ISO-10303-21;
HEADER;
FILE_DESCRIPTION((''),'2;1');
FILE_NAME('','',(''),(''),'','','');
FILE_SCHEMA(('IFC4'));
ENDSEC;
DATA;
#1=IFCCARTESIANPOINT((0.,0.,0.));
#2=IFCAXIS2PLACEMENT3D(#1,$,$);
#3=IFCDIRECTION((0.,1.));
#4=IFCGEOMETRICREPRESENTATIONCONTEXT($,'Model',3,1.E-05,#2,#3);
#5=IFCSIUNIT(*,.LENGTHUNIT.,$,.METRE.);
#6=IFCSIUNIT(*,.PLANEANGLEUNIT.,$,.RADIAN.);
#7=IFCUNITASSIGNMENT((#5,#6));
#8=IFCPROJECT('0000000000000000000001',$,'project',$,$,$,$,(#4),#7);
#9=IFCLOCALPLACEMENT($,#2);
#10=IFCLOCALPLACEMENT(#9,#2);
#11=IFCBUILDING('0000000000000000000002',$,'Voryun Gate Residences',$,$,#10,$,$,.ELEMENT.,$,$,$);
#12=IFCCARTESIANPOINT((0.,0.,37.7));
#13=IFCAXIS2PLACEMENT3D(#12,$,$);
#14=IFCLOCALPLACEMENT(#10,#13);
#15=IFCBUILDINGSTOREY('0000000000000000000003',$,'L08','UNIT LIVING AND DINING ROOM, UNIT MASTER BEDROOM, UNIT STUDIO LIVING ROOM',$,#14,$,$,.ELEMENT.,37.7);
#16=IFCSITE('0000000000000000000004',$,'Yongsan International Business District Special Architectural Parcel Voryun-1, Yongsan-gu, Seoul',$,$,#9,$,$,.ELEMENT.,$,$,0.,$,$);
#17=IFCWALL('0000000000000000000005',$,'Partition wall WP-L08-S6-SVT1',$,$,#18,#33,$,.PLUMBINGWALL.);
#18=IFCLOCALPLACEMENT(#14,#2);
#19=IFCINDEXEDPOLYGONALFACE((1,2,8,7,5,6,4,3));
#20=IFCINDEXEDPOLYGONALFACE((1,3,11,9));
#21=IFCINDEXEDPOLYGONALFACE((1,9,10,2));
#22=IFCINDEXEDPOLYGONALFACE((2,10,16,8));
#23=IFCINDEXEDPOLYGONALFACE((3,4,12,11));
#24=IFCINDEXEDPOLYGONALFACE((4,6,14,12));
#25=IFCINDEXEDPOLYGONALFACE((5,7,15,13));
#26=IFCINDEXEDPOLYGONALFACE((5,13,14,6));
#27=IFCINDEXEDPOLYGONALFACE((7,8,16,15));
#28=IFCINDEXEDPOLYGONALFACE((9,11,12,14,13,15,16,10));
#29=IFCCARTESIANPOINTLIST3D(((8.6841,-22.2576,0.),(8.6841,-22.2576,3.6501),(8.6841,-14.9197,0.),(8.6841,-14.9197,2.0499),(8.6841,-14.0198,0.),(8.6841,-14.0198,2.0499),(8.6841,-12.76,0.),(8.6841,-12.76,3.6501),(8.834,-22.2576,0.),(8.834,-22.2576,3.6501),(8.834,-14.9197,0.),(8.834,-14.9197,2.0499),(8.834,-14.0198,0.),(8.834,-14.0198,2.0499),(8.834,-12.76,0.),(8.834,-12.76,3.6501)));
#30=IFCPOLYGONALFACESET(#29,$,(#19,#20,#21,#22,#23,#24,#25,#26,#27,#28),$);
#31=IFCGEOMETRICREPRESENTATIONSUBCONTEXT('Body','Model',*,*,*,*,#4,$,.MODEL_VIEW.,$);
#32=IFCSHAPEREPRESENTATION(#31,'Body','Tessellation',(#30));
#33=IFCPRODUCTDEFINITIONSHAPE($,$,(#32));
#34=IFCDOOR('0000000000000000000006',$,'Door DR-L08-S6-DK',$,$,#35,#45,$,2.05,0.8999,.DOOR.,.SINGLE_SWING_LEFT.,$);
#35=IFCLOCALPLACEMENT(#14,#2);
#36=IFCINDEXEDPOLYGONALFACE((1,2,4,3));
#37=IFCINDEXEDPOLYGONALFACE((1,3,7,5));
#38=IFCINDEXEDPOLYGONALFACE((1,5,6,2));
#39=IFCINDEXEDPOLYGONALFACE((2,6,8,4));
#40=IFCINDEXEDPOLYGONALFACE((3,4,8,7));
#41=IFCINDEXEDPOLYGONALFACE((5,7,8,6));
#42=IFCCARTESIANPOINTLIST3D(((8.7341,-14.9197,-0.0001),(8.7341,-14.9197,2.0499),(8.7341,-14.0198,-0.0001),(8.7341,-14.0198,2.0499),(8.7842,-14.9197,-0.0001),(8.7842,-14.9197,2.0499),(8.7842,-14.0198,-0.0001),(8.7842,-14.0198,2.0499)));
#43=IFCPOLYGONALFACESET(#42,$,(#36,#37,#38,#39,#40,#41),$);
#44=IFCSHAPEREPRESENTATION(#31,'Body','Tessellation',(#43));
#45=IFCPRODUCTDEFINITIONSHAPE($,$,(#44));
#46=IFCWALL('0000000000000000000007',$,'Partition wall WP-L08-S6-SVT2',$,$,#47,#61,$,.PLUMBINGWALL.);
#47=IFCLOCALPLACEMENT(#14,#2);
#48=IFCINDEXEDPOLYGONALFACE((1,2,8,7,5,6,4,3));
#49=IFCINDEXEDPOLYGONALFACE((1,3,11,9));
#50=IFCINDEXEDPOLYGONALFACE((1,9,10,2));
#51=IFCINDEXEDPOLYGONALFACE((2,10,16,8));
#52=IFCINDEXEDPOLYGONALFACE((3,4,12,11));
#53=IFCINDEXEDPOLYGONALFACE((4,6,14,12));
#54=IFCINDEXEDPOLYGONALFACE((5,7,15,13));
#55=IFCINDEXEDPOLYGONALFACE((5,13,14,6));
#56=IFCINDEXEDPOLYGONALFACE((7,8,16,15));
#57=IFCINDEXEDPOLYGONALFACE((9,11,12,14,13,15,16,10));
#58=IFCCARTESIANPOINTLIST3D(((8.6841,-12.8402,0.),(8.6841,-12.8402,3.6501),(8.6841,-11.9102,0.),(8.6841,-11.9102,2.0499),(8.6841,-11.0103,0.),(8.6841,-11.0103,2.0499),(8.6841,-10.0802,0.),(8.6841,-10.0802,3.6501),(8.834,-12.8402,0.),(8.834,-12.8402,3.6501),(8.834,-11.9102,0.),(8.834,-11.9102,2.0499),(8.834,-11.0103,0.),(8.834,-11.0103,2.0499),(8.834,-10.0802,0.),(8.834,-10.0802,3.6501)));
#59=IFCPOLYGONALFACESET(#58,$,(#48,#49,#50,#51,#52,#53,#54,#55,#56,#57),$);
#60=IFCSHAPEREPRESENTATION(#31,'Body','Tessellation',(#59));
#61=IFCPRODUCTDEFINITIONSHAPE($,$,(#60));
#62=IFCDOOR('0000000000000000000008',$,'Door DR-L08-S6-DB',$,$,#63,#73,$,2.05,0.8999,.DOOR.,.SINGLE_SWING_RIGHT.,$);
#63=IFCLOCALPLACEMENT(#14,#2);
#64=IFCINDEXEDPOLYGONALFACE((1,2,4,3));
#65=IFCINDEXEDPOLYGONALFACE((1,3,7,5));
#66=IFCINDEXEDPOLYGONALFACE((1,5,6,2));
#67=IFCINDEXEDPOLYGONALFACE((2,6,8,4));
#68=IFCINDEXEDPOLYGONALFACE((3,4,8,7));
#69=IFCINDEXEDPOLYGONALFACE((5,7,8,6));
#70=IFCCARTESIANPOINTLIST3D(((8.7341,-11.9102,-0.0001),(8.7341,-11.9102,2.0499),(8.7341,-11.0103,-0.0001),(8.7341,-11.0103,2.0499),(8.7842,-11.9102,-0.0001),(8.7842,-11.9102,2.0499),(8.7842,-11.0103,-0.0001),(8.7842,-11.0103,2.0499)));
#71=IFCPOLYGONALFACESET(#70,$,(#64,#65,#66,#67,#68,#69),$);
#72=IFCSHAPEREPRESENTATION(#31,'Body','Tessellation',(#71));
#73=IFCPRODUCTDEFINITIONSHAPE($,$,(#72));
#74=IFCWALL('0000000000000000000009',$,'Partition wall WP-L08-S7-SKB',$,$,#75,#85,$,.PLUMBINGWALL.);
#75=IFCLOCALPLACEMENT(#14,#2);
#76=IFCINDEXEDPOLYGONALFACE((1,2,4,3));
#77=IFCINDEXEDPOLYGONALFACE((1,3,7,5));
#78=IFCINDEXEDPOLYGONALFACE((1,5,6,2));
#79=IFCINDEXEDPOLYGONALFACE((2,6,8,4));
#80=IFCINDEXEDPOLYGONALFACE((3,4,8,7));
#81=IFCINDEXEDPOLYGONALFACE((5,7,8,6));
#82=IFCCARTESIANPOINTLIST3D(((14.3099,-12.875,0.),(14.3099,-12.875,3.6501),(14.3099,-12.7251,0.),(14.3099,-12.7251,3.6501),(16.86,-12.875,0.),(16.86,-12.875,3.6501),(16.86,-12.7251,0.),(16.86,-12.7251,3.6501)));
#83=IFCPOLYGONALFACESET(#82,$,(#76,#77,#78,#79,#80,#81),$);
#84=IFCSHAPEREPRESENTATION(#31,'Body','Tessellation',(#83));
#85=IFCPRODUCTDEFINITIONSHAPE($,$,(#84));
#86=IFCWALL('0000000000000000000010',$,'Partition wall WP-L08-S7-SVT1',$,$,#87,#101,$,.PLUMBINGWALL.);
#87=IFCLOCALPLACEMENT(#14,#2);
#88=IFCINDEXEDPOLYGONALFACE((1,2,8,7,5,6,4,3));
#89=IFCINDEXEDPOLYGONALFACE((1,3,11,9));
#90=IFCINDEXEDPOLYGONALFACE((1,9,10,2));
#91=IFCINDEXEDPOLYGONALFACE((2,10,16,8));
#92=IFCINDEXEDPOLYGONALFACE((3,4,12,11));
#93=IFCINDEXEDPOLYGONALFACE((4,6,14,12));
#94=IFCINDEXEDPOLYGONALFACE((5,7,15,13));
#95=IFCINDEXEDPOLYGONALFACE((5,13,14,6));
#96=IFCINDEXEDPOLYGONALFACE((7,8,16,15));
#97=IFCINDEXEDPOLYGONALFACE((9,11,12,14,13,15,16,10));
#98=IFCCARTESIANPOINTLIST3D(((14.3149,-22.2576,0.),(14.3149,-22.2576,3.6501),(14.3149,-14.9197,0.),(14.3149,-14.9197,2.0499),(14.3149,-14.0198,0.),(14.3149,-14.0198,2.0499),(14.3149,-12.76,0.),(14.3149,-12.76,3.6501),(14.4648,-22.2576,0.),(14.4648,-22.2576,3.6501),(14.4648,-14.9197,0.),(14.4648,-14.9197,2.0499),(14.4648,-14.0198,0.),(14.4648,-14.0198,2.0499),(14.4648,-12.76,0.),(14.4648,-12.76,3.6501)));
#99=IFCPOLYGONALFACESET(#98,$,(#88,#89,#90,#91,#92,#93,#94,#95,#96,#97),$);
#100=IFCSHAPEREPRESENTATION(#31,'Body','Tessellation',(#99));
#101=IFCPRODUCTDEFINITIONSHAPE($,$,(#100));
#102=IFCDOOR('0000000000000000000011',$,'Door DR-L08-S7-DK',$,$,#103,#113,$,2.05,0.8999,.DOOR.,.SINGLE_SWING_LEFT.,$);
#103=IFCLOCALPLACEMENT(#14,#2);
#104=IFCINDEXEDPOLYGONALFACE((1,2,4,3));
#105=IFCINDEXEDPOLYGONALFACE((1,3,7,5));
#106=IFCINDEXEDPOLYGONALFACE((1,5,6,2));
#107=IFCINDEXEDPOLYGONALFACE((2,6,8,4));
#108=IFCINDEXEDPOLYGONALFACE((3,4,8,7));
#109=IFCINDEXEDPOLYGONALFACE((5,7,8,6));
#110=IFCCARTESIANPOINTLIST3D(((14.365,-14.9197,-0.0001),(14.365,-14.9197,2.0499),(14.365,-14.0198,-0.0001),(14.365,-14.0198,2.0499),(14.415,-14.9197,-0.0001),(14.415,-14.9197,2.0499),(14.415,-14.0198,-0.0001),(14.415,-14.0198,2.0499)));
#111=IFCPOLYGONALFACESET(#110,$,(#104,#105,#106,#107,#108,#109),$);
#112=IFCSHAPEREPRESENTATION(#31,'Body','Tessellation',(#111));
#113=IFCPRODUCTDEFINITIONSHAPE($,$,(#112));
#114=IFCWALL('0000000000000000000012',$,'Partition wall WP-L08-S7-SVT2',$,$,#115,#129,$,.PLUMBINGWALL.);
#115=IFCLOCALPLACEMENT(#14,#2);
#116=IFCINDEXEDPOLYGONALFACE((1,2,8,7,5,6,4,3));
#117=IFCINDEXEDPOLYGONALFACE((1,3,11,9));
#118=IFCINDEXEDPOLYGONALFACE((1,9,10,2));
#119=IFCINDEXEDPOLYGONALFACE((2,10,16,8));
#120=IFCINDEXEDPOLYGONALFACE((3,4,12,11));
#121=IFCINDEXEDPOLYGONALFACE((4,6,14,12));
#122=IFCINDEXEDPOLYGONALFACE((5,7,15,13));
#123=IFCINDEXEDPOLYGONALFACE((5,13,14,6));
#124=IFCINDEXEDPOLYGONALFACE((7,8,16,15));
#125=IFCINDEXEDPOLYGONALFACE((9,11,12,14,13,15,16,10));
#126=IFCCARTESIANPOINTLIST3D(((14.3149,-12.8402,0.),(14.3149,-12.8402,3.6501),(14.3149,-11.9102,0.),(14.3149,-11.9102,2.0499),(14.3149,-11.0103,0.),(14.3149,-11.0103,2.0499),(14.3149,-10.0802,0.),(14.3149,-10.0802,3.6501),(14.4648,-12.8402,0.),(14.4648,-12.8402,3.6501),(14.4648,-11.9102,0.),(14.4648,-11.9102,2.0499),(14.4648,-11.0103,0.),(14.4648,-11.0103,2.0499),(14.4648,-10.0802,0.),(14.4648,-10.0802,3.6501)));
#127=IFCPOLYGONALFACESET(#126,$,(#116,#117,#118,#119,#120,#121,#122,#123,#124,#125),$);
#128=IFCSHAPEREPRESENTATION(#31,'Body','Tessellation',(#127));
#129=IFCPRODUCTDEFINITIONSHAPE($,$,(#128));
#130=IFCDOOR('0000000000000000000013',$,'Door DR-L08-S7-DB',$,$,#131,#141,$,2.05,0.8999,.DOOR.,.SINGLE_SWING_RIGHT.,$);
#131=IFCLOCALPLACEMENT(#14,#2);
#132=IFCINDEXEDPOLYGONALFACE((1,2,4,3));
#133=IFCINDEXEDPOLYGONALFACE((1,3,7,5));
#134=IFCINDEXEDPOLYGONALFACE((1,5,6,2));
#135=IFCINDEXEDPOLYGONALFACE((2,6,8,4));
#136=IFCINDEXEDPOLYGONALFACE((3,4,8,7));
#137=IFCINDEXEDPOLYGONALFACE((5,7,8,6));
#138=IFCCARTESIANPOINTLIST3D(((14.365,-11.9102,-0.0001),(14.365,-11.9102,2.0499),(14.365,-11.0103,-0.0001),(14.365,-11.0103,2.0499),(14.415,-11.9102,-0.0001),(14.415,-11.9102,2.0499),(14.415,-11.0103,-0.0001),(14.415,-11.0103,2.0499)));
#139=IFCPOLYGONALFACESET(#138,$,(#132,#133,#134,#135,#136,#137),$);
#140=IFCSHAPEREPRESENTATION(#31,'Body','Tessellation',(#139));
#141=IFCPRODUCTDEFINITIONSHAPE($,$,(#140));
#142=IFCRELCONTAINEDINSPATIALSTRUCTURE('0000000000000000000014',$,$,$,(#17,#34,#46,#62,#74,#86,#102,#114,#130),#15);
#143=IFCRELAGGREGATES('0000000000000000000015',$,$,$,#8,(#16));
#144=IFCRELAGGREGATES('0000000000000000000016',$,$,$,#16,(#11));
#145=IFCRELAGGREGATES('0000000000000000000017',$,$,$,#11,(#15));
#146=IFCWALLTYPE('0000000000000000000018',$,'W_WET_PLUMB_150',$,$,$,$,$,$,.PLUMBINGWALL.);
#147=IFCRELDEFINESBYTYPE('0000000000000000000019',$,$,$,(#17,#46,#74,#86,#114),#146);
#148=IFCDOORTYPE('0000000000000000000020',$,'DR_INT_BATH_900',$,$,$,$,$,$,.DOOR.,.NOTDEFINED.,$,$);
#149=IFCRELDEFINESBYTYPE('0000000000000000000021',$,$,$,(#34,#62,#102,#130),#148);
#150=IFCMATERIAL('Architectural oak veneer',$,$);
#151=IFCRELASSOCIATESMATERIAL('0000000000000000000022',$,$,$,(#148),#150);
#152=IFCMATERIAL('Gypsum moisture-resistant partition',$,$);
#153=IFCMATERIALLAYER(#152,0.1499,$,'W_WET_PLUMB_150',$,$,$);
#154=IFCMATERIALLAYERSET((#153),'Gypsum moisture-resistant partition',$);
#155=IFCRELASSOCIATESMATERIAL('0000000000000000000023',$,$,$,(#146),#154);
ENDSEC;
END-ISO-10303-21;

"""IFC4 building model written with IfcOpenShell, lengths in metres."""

from ifc_helpers import new_model, si_unit, direction, frame, frame_2d, origin, place, context, subcontext, project, spatial, rectangle, extrude, material, layer, layer_set, type_object, element, fill, save


model = new_model("IFC4")

# Units and contexts
model_context = context("Model", 3, precision=1e-05, world=origin(), true_north=direction((0.0, 1.0)))
body_context = subcontext(model_context, "Body", "Model", "MODEL_VIEW")
ifc_project = project(units=[si_unit("LENGTHUNIT", "METRE"), si_unit("PLANEANGLEUNIT", "RADIAN")], contexts=[model_context])

# Site, building, storey
site_placement = place(None, origin())
site = spatial("IfcSite", under=ifc_project, at=site_placement, Name="Yongsan International Business District Special Architectural Parcel Voryun-1, Yongsan-gu, Seoul", CompositionType="ELEMENT", RefElevation=0.0)
building_placement = place(site_placement, origin())
building = spatial("IfcBuilding", under=site, at=building_placement, Name="Voryun Gate Residences", CompositionType="ELEMENT")
storey_placement = place(building_placement, frame((0.0, 0.0, 37.7)))
storey = spatial("IfcBuildingStorey", under=building, at=storey_placement, Name="L08", Description="UNIT LIVING AND DINING ROOM, UNIT MASTER BEDROOM, UNIT STUDIO LIVING ROOM", CompositionType="ELEMENT", Elevation=37.7)

# Shared definitions
ifc_material_1 = material(Name="Architectural oak veneer")
door_type = type_object("IfcDoorType", Name="DR_INT_BATH_900", OperationType="NOTDEFINED", PredefinedType="DOOR", material=ifc_material_1)

# Shared definitions
ifc_material_2 = material(Name="Gypsum moisture-resistant partition")
ifc_layer_1 = layer(ifc_material_2, 0.1499, Name="W_WET_PLUMB_150")
ifc_layer_set_1 = layer_set([ifc_layer_1], Name="Gypsum moisture-resistant partition")
wall_type_1 = type_object("IfcWallType", Name="W_WET_PLUMB_150", PredefinedType="PLUMBINGWALL", material=ifc_layer_set_1)

# Walls, openings, doors
wall_1_placement = place(storey_placement, frame((8.759, -22.2576, 0.0), z_axis=(0.0, 0.0, 1.0), x_axis=(0.0, 1.0, 0.0)))
wall_1 = element("IfcWall", 1, at=wall_1_placement, inside=storey, type_object=wall_type_1, Name="Partition wall WP-L08-S6-SVT1", PredefinedType="PLUMBINGWALL", context=body_context, shape_type="SweptSolid", body=[
    extrude(rectangle(XDim=9.4976, YDim=0.1499, at=frame_2d((4.7488, 0.0))), origin(), (0.0, 0.0, 1.0), 3.6501),
])
opening_1_placement = place(wall_1_placement, frame((7.3379, 0.0, 0.0)))
opening_1 = element("IfcOpeningElement", 2, at=opening_1_placement, cuts=wall_1, PredefinedType="OPENING", context=body_context, shape_type="SweptSolid", body=[
    extrude(rectangle(XDim=0.8999, YDim=2.05, at=frame_2d((0.45, 1.0249))), frame((0.0, 0.085, 0.0), z_axis=(0.0, -1.0, 0.0), x_axis=(1.0, 0.0, 0.0)), (0.0, 0.0, 1.0), 0.1699),
])
door_1_placement = place(opening_1_placement, origin())
door_1 = element("IfcDoor", 3, at=door_1_placement, inside=storey, type_object=door_type, Name="Door DR-L08-S6-DK", OperationType="SINGLE_SWING_LEFT", OverallHeight=2.05, OverallWidth=0.8999, PredefinedType="DOOR", context=body_context, shape_type="SweptSolid", body=[
    extrude(rectangle(XDim=0.8999, YDim=2.05, at=frame_2d((0.45, 1.0249))), frame((0.0, 0.0249, 0.0), z_axis=(0.0, -1.0, 0.0), x_axis=(1.0, 0.0, 0.0)), (0.0, 0.0, 1.0), 0.05),
])
fill(opening_1, door_1)
wall_2_placement = place(storey_placement, frame((8.759, -12.8401, 0.0), z_axis=(0.0, 0.0, 1.0), x_axis=(0.0, 1.0, 0.0)))
wall_2 = element("IfcWall", 4, at=wall_2_placement, inside=storey, type_object=wall_type_1, Name="Partition wall WP-L08-S6-SVT2", PredefinedType="PLUMBINGWALL", context=body_context, shape_type="SweptSolid", body=[
    extrude(rectangle(XDim=2.76, YDim=0.1499, at=frame_2d((1.3799, 0.0))), origin(), (0.0, 0.0, 1.0), 3.6501),
])
opening_2_placement = place(wall_2_placement, frame((0.9299, 0.0, 0.0)))
opening_2 = element("IfcOpeningElement", 5, at=opening_2_placement, cuts=wall_2, PredefinedType="OPENING", context=body_context, shape_type="SweptSolid", body=[
    extrude(rectangle(XDim=0.8999, YDim=2.05, at=frame_2d((0.45, 1.0249))), frame((0.0, 0.085, 0.0), z_axis=(0.0, -1.0, 0.0), x_axis=(1.0, 0.0, 0.0)), (0.0, 0.0, 1.0), 0.1699),
])
door_2_placement = place(opening_2_placement, origin())
door_2 = element("IfcDoor", 6, at=door_2_placement, inside=storey, type_object=door_type, Name="Door DR-L08-S6-DB", OperationType="SINGLE_SWING_RIGHT", OverallHeight=2.05, OverallWidth=0.8999, PredefinedType="DOOR", context=body_context, shape_type="SweptSolid", body=[
    extrude(rectangle(XDim=0.8999, YDim=2.05, at=frame_2d((0.45, 1.0249))), frame((0.0, 0.0249, 0.0), z_axis=(0.0, -1.0, 0.0), x_axis=(1.0, 0.0, 0.0)), (0.0, 0.0, 1.0), 0.05),
])
fill(opening_2, door_2)

# Wall
wall_3_placement = place(storey_placement, frame((14.3101, -12.8, 0.0), z_axis=(0.0, 0.0, 1.0), x_axis=(1.0, 0.0, 0.0)))
element("IfcWall", 7, at=wall_3_placement, inside=storey, type_object=wall_type_1, Name="Partition wall WP-L08-S7-SKB", PredefinedType="PLUMBINGWALL", context=body_context, shape_type="SweptSolid", body=[
    extrude(rectangle(XDim=2.55, YDim=0.1499, at=frame_2d((1.2749, 0.0))), origin(), (0.0, 0.0, 1.0), 3.6501),
])

# Walls, openings, doors
wall_4_placement = place(storey_placement, frame((14.3899, -22.2576, 0.0), z_axis=(0.0, 0.0, 1.0), x_axis=(0.0, 1.0, 0.0)))
wall_4 = element("IfcWall", 8, at=wall_4_placement, inside=storey, type_object=wall_type_1, Name="Partition wall WP-L08-S7-SVT1", PredefinedType="PLUMBINGWALL", context=body_context, shape_type="SweptSolid", body=[
    extrude(rectangle(XDim=9.4976, YDim=0.1499, at=frame_2d((4.7488, 0.0))), origin(), (0.0, 0.0, 1.0), 3.6501),
])
opening_3_placement = place(wall_4_placement, frame((7.3379, 0.0, 0.0)))
opening_3 = element("IfcOpeningElement", 9, at=opening_3_placement, cuts=wall_4, PredefinedType="OPENING", context=body_context, shape_type="SweptSolid", body=[
    extrude(rectangle(XDim=0.8999, YDim=2.05, at=frame_2d((0.45, 1.0249))), frame((0.0, 0.085, 0.0), z_axis=(0.0, -1.0, 0.0), x_axis=(1.0, 0.0, 0.0)), (0.0, 0.0, 1.0), 0.1699),
])
door_3_placement = place(opening_3_placement, origin())
door_3 = element("IfcDoor", 10, at=door_3_placement, inside=storey, type_object=door_type, Name="Door DR-L08-S7-DK", OperationType="SINGLE_SWING_LEFT", OverallHeight=2.05, OverallWidth=0.8999, PredefinedType="DOOR", context=body_context, shape_type="SweptSolid", body=[
    extrude(rectangle(XDim=0.8999, YDim=2.05, at=frame_2d((0.45, 1.0249))), frame((0.0, 0.0249, 0.0), z_axis=(0.0, -1.0, 0.0), x_axis=(1.0, 0.0, 0.0)), (0.0, 0.0, 1.0), 0.05),
])
fill(opening_3, door_3)
wall_5_placement = place(storey_placement, frame((14.3899, -12.8401, 0.0), z_axis=(0.0, 0.0, 1.0), x_axis=(0.0, 1.0, 0.0)))
wall_5 = element("IfcWall", 11, at=wall_5_placement, inside=storey, type_object=wall_type_1, Name="Partition wall WP-L08-S7-SVT2", PredefinedType="PLUMBINGWALL", context=body_context, shape_type="SweptSolid", body=[
    extrude(rectangle(XDim=2.76, YDim=0.1499, at=frame_2d((1.3799, 0.0))), origin(), (0.0, 0.0, 1.0), 3.6501),
])
opening_4_placement = place(wall_5_placement, frame((0.9299, 0.0, 0.0)))
opening_4 = element("IfcOpeningElement", 12, at=opening_4_placement, cuts=wall_5, PredefinedType="OPENING", context=body_context, shape_type="SweptSolid", body=[
    extrude(rectangle(XDim=0.8999, YDim=2.05, at=frame_2d((0.45, 1.0249))), frame((0.0, 0.085, 0.0), z_axis=(0.0, -1.0, 0.0), x_axis=(1.0, 0.0, 0.0)), (0.0, 0.0, 1.0), 0.1699),
])
door_4_placement = place(opening_4_placement, origin())
door_4 = element("IfcDoor", 13, at=door_4_placement, inside=storey, type_object=door_type, Name="Door DR-L08-S7-DB", OperationType="SINGLE_SWING_RIGHT", OverallHeight=2.05, OverallWidth=0.8999, PredefinedType="DOOR", context=body_context, shape_type="SweptSolid", body=[
    extrude(rectangle(XDim=0.8999, YDim=2.05, at=frame_2d((0.45, 1.0249))), frame((0.0, 0.0249, 0.0), z_axis=(0.0, -1.0, 0.0), x_axis=(1.0, 0.0, 0.0)), (0.0, 0.0, 1.0), 0.05),
])
fill(opening_4, door_4)

save(model, "model.ifc")
